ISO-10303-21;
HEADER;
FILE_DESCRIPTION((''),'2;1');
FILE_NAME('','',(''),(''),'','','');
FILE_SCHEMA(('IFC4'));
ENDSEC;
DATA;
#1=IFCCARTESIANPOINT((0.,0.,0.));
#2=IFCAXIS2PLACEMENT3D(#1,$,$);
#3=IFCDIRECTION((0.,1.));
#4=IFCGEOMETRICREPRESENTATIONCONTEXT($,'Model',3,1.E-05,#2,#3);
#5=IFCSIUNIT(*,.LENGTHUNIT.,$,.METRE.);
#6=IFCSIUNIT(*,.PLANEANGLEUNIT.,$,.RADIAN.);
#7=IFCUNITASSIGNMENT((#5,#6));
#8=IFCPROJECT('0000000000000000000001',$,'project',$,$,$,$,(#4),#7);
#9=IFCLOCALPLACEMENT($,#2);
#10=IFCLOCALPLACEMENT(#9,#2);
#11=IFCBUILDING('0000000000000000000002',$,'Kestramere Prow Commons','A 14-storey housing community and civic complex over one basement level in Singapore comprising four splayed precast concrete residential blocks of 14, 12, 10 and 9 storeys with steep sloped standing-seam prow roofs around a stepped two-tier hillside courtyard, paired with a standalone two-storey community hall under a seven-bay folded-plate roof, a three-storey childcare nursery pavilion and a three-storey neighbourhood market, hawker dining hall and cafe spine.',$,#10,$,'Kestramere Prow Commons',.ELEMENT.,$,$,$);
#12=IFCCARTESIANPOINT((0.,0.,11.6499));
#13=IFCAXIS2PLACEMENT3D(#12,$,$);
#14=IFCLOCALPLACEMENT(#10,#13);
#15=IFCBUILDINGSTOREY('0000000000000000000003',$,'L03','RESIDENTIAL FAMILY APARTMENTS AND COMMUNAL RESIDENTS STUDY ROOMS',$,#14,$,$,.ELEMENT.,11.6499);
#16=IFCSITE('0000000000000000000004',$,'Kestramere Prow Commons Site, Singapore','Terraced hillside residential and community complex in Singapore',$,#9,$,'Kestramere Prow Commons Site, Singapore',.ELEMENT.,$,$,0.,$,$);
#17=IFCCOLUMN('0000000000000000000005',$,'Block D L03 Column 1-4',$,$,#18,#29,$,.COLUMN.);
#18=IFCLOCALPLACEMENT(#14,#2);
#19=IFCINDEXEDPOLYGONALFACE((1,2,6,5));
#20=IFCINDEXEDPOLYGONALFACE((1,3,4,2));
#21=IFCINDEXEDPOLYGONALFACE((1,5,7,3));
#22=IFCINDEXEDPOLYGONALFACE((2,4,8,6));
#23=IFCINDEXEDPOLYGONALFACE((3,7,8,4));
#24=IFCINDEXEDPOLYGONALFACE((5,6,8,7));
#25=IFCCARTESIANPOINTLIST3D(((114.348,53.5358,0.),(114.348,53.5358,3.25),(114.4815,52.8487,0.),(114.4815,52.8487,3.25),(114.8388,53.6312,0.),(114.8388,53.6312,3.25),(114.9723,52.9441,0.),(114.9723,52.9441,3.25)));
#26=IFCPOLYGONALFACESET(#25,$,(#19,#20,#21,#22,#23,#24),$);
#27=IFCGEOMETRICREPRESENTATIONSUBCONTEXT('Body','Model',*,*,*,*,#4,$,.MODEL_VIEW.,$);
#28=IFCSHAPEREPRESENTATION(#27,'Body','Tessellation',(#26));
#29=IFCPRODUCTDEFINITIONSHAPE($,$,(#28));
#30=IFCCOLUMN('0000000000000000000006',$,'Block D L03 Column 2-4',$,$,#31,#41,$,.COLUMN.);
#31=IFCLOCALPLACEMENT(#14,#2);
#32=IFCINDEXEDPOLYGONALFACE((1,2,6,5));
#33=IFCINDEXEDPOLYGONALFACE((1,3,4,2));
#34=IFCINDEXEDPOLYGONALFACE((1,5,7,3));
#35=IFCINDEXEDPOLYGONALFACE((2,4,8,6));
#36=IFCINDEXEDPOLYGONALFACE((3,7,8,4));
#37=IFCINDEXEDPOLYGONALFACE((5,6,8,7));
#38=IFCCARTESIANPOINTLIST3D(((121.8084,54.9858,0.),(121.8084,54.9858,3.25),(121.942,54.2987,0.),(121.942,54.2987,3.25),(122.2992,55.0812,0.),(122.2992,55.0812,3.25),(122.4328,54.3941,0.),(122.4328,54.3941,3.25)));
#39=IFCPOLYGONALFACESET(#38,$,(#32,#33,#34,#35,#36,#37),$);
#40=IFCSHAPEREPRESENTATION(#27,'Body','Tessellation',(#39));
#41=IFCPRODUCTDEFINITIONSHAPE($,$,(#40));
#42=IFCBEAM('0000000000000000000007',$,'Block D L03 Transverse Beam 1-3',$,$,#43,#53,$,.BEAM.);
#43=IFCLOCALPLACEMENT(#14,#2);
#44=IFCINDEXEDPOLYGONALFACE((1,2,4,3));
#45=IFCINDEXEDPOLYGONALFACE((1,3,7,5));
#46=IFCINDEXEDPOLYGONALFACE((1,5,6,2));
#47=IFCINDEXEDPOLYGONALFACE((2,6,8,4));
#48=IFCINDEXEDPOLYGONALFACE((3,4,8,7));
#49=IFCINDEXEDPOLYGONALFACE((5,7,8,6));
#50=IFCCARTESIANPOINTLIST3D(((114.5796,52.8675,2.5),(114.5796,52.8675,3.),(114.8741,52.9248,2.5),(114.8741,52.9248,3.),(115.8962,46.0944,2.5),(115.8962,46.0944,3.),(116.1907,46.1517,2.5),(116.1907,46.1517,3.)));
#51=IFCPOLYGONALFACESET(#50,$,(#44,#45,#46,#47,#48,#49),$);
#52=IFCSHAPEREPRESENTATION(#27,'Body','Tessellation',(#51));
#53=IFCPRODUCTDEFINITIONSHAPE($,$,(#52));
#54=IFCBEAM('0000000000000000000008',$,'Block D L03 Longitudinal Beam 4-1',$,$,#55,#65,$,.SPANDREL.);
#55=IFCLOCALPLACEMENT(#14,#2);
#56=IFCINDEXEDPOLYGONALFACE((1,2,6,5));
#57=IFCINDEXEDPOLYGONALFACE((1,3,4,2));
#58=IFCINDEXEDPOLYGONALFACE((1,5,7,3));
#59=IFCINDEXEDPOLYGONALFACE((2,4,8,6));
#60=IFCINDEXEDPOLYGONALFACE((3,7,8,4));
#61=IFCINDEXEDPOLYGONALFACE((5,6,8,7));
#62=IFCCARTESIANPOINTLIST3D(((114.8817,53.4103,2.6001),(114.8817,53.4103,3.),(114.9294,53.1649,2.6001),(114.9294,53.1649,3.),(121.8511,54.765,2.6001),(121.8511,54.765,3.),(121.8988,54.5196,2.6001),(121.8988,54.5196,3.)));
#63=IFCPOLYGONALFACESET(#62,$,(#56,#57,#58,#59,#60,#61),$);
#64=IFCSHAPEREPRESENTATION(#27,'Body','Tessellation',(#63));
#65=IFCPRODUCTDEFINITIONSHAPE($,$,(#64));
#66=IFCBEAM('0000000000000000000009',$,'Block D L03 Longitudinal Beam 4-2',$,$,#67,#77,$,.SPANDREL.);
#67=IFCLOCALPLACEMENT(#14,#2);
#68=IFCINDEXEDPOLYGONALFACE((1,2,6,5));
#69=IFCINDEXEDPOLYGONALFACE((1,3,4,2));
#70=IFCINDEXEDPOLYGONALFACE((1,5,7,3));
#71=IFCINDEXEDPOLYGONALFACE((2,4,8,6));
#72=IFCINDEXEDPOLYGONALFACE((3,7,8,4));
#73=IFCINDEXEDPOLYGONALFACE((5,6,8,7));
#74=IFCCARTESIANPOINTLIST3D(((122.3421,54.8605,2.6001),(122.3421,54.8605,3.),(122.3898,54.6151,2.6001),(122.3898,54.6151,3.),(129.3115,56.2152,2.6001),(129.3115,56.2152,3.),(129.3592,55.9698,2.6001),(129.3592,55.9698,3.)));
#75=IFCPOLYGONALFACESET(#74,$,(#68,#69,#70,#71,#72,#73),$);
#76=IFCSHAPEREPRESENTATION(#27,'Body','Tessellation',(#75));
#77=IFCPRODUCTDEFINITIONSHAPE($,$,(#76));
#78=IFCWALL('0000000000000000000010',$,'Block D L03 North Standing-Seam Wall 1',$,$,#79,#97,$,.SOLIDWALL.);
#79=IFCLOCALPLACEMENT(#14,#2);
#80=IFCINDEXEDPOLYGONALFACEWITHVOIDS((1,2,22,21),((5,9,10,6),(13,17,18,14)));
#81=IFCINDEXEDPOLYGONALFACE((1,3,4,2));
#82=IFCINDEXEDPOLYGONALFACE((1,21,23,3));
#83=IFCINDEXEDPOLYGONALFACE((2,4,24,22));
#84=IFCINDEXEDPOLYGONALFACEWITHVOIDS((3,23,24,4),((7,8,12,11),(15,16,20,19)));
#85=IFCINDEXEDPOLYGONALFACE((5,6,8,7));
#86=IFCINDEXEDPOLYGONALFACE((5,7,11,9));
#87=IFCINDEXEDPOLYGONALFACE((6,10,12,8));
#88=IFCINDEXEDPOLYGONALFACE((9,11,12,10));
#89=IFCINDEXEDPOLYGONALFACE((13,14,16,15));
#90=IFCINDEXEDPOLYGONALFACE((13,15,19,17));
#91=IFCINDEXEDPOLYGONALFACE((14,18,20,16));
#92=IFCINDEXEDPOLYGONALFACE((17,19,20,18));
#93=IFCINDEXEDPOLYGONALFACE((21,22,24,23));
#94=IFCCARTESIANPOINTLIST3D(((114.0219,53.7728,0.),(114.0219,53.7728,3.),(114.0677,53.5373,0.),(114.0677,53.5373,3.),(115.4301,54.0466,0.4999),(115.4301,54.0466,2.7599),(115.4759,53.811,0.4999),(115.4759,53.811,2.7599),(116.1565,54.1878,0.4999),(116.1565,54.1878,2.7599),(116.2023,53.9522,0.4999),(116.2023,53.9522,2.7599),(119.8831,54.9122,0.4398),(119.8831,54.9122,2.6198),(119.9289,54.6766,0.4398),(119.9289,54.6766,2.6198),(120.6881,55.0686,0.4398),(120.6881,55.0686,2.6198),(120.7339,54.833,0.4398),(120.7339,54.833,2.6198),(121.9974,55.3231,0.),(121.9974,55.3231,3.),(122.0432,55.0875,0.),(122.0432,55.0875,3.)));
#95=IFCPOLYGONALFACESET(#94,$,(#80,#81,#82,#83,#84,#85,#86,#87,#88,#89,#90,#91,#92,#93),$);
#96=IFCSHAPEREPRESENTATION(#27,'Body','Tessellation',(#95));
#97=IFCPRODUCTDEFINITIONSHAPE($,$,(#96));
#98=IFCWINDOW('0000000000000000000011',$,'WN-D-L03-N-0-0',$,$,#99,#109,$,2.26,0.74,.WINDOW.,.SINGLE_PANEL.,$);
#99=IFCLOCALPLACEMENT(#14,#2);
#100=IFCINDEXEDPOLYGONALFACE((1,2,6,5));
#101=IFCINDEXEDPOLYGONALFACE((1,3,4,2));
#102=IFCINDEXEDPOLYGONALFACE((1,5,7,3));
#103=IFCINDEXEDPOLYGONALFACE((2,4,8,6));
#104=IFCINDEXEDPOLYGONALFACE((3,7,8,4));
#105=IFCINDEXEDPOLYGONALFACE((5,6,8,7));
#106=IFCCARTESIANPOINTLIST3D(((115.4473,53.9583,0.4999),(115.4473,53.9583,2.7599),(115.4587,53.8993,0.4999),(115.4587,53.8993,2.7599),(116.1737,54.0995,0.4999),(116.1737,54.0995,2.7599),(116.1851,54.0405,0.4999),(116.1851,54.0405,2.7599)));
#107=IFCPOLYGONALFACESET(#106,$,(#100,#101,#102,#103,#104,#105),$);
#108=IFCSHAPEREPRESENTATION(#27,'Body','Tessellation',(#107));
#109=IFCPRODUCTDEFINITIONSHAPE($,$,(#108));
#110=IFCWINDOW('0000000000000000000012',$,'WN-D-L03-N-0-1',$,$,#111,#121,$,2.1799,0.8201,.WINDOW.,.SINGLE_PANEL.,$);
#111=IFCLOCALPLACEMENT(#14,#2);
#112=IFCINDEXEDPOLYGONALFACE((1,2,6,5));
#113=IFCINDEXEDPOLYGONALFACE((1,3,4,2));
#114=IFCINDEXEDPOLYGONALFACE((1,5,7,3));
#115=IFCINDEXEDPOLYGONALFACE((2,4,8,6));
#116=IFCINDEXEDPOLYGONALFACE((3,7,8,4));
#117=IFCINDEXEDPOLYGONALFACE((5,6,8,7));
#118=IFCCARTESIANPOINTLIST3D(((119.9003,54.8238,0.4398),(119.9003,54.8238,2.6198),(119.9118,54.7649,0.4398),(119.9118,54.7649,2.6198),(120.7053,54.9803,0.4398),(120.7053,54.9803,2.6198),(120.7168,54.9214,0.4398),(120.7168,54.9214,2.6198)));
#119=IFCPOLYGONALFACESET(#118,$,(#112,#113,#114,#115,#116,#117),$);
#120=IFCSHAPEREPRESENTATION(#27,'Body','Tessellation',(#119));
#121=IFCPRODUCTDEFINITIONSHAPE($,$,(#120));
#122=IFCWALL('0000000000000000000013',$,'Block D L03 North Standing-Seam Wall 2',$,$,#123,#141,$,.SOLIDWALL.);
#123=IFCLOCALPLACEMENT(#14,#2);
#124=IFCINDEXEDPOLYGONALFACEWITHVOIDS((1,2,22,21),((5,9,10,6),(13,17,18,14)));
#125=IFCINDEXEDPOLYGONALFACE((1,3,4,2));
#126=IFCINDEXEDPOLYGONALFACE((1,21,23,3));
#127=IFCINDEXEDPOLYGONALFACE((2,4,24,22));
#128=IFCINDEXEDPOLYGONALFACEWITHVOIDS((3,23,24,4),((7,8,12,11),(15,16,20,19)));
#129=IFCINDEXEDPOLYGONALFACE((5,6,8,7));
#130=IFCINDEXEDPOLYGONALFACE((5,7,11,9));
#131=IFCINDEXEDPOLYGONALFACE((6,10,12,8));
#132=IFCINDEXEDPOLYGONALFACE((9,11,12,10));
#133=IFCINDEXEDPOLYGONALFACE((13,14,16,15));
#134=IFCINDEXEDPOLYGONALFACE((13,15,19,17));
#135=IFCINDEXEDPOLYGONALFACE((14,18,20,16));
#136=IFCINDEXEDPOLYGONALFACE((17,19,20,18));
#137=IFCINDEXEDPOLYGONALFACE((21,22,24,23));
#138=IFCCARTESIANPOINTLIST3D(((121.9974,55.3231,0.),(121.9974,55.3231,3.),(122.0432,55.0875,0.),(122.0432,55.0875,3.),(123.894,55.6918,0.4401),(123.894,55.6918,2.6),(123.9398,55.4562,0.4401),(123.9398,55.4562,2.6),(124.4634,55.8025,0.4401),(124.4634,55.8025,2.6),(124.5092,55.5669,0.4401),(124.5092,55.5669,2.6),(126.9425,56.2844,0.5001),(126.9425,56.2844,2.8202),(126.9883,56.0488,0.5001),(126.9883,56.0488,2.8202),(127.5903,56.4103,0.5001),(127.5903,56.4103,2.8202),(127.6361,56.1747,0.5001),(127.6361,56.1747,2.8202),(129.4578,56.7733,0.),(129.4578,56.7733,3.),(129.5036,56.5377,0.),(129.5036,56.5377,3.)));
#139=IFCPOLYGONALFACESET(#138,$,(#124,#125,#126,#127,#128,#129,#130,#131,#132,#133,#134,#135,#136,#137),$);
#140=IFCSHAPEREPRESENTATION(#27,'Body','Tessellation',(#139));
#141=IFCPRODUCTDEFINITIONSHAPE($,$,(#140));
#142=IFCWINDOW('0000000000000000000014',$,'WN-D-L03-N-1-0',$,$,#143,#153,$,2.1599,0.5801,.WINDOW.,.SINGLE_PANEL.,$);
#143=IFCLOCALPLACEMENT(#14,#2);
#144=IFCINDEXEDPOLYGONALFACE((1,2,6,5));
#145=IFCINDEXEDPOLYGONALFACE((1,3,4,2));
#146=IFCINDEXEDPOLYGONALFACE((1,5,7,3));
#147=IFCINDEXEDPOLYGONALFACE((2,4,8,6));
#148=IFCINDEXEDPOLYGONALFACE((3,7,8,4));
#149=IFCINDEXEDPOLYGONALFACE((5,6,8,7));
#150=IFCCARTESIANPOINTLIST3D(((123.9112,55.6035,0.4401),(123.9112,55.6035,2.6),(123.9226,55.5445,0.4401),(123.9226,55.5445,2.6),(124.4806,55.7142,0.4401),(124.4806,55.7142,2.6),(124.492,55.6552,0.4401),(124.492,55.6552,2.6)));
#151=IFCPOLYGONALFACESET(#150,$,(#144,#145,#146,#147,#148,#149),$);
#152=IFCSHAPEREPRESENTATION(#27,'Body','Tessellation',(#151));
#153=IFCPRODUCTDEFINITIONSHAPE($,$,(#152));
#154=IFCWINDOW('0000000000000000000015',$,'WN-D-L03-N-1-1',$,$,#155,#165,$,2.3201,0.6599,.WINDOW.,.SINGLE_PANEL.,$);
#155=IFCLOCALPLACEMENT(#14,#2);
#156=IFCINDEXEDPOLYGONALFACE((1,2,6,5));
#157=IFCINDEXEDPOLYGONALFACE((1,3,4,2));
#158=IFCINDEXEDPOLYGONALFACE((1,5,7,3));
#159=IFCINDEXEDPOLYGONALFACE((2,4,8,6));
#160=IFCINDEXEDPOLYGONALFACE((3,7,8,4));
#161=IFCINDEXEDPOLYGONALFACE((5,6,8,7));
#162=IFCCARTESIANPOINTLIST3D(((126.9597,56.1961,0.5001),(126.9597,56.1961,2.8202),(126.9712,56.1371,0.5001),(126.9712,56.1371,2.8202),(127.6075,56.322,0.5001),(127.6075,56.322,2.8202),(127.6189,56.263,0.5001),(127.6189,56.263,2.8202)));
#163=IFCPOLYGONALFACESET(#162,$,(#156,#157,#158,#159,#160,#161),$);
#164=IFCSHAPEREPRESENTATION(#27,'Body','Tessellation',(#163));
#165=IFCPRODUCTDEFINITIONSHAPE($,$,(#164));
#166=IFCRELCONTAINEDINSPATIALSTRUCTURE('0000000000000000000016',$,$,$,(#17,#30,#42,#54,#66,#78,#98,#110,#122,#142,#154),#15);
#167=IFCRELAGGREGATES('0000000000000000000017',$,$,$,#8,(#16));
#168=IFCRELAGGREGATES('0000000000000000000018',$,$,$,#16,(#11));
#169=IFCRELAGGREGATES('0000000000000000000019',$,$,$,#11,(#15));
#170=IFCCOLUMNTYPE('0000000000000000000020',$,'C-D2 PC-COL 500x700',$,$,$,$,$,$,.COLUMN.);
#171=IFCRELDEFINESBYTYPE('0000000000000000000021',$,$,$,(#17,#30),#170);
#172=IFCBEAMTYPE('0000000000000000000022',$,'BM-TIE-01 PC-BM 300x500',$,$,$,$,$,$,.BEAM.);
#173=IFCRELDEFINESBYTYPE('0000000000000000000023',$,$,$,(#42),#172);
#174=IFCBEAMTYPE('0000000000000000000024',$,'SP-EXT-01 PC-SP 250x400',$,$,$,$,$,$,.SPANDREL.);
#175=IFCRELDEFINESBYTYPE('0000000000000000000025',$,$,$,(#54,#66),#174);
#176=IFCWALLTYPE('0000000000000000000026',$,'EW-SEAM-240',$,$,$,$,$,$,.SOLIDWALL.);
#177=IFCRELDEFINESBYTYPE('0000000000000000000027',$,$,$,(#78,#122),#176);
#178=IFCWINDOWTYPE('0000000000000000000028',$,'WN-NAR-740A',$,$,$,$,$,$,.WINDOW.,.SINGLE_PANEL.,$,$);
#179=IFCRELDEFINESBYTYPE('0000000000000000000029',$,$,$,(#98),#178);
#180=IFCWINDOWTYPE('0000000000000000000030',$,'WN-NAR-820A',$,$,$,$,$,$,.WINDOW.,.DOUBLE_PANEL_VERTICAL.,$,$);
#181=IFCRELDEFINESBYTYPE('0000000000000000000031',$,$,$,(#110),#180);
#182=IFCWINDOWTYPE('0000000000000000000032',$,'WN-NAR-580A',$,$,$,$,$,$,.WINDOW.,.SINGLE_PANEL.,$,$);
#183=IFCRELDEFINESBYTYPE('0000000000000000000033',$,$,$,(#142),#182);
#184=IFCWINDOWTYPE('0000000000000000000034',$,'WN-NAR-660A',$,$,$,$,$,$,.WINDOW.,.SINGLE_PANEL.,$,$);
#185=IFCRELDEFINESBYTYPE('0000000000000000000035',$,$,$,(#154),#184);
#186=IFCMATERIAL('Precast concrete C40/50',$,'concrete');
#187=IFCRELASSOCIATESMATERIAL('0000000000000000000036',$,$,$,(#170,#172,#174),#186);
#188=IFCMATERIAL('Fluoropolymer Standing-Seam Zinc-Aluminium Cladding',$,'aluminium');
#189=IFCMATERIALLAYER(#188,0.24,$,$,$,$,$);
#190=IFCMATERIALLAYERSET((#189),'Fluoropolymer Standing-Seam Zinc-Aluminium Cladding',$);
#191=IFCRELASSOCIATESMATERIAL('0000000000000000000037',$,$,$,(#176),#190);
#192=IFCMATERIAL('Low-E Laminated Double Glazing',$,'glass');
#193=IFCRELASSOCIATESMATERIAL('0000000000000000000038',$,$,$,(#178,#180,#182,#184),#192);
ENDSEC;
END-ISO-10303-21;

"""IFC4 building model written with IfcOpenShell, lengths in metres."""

from ifc_helpers import new_model, si_unit, direction, frame, frame_2d, origin, origin_2d, place, context, subcontext, project, spatial, rectangle, extrude, material, layer, layer_set, material_profile, profile_set, type_object, element, fill, save


model = new_model("IFC4")

# Units and contexts
model_context = context("Model", 3, precision=1e-05, world=origin(), true_north=direction((0.0, 1.0)))
body_context = subcontext(model_context, "Body", "Model", "MODEL_VIEW")
ifc_project = project(units=[si_unit("LENGTHUNIT", "METRE"), si_unit("PLANEANGLEUNIT", "RADIAN")], contexts=[model_context])

# Site, building, storey
site_placement = place(None, origin())
site = spatial("IfcSite", under=ifc_project, at=site_placement, Name="Kestramere Prow Commons Site, Singapore", Description="Terraced hillside residential and community complex in Singapore", LongName="Kestramere Prow Commons Site, Singapore", CompositionType="ELEMENT", RefElevation=0.0)
building_placement = place(site_placement, origin())
building = spatial("IfcBuilding", under=site, at=building_placement, Name="Kestramere Prow Commons", Description="A 14-storey housing community and civic complex over one basement level in Singapore comprising four splayed precast concrete residential blocks of 14, 12, 10 and 9 storeys with steep sloped standing-seam prow roofs around a stepped two-tier hillside courtyard, paired with a standalone two-storey community hall under a seven-bay folded-plate roof, a three-storey childcare nursery pavilion and a three-storey neighbourhood market, hawker dining hall and cafe spine.", LongName="Kestramere Prow Commons", CompositionType="ELEMENT")
storey_placement = place(building_placement, frame((0.0, 0.0, 11.6499)))
storey = spatial("IfcBuildingStorey", under=building, at=storey_placement, Name="L03", Description="RESIDENTIAL FAMILY APARTMENTS AND COMMUNAL RESIDENTS STUDY ROOMS", CompositionType="ELEMENT", Elevation=11.6499)

# Columns
ifc_material_1 = material(Name="Precast concrete C40/50", Category="concrete")
ifc_material_profile_1 = material_profile(ifc_material_1, rectangle(XDim=0.5, YDim=0.7, at=origin_2d()), Name="PC-COL 500x700")
ifc_profile_set_1 = profile_set([ifc_material_profile_1], Name="Precast concrete C40/50")
column_type = type_object("IfcColumnType", Name="C-D2 PC-COL 500x700", PredefinedType="COLUMN", material=ifc_profile_set_1)
for number, where, z_axis, x_axis, name in (
    (1, (114.6602, 53.24, 0.0), (0.0, 0.0, 1.0), (0.981627, 0.190809, 0.0), "Block D L03 Column 1-4"),
    (2, (122.1206, 54.6899, 0.0), (0.0, 0.0, 1.0), (0.981627, 0.190809, 0.0), "Block D L03 Column 2-4"),
):
    element("IfcColumn", number, at=place(storey_placement, frame(where, z_axis=z_axis, x_axis=x_axis)), inside=storey, type_object=column_type, Name=name, PredefinedType="COLUMN", context=body_context, shape_type="SweptSolid", body=[
        extrude(rectangle(XDim=0.5, YDim=0.7, at=origin_2d()), origin(), (0.0, 0.0, 1.0), 3.25),
    ])

# Beams
ifc_material_profile_2 = material_profile(ifc_material_1, rectangle(XDim=0.3, YDim=0.5, at=origin_2d()), Name="PC-BM 300x500")
ifc_profile_set_2 = profile_set([ifc_material_profile_2], Name="Precast concrete C40/50")
beam_type_1 = type_object("IfcBeamType", Name="BM-TIE-01 PC-BM 300x500", PredefinedType="BEAM", material=ifc_profile_set_2)
beam_placement = place(storey_placement, frame((116.0435, 46.123, 2.75), z_axis=(-0.190819, 0.981625, 0.0), x_axis=(-0.981625, -0.190819, 0.0)))
element("IfcBeam", 3, at=beam_placement, inside=storey, type_object=beam_type_1, Name="Block D L03 Transverse Beam 1-3", PredefinedType="BEAM", context=body_context, shape_type="SweptSolid", body=[
    extrude(rectangle(XDim=0.3, YDim=0.5, at=origin_2d()), origin(), (0.0, 0.0, 1.0), 6.8999),
])
ifc_material_profile_3 = material_profile(ifc_material_1, rectangle(XDim=0.25, YDim=0.3999, at=origin_2d()), Name="PC-SP 250x400")
ifc_profile_set_3 = profile_set([ifc_material_profile_3], Name="Precast concrete C40/50")
beam_type_2 = type_object("IfcBeamType", Name="SP-EXT-01 PC-SP 250x400", PredefinedType="SPANDREL", material=ifc_profile_set_3)
for number, where, z_axis, x_axis, name in (
    (4, (114.9055, 53.2876, 2.8), (0.981627, 0.19081, 0.0), (-0.19081, 0.981627, 0.0), "Block D L03 Longitudinal Beam 4-1"),
    (5, (122.366, 54.7378, 2.8), (0.981627, 0.19081, 0.0), (-0.19081, 0.981627, 0.0), "Block D L03 Longitudinal Beam 4-2"),
):
    element("IfcBeam", number, at=place(storey_placement, frame(where, z_axis=z_axis, x_axis=x_axis)), inside=storey, type_object=beam_type_2, Name=name, PredefinedType="SPANDREL", context=body_context, shape_type="SweptSolid", body=[
        extrude(rectangle(XDim=0.25, YDim=0.3999, at=origin_2d()), origin(), (0.0, 0.0, 1.0), 7.0999),
    ])

# Walls, openings, windows
ifc_material_2 = material(Name="Fluoropolymer Standing-Seam Zinc-Aluminium Cladding", Category="aluminium")
ifc_layer_1 = layer(ifc_material_2, 0.24)
ifc_layer_set_1 = layer_set([ifc_layer_1], Name="Fluoropolymer Standing-Seam Zinc-Aluminium Cladding")
wall_type_1 = type_object("IfcWallType", Name="EW-SEAM-240", PredefinedType="SOLIDWALL", material=ifc_layer_set_1)
wall_1_placement = place(storey_placement, frame((114.0447, 53.655, 0.0), z_axis=(0.0, 0.0, 1.0), x_axis=(0.981627, 0.190809, 0.0)))
wall_1 = element("IfcWall", 6, at=wall_1_placement, inside=storey, type_object=wall_type_1, Name="Block D L03 North Standing-Seam Wall 1", PredefinedType="SOLIDWALL", context=body_context, shape_type="SweptSolid", body=[
    extrude(rectangle(XDim=8.1248, YDim=0.24, at=frame_2d((4.0625, 0.0))), origin(), (0.0, 0.0, 1.0), 3.0),
])
opening_1_placement = place(wall_1_placement, frame((1.4346, 0.0, 0.5)))
opening_1 = element("IfcOpeningElement", 7, at=opening_1_placement, cuts=wall_1, PredefinedType="OPENING", context=body_context, shape_type="SweptSolid", body=[
    extrude(rectangle(XDim=0.74, YDim=2.26, at=frame_2d((0.3701, 1.1299))), frame((0.0, 0.135, 0.0), z_axis=(0.0, -1.0, 0.0), x_axis=(1.0, 0.0, 0.0)), (0.0, 0.0, 1.0), 0.27),
])
opening_2_placement = place(wall_1_placement, frame((5.9709, 0.0, 0.4399)))
opening_2 = element("IfcOpeningElement", 8, at=opening_2_placement, cuts=wall_1, PredefinedType="OPENING", context=body_context, shape_type="SweptSolid", body=[
    extrude(rectangle(XDim=0.8201, YDim=2.1799, at=frame_2d((0.4102, 1.0898))), frame((0.0, 0.135, 0.0), z_axis=(0.0, -1.0, 0.0), x_axis=(1.0, 0.0, 0.0)), (0.0, 0.0, 1.0), 0.27),
])
ifc_material_3 = material(Name="Low-E Laminated Double Glazing", Category="glass")
window_type_1 = type_object("IfcWindowType", Name="WN-NAR-740A", PartitioningType="SINGLE_PANEL", PredefinedType="WINDOW", material=ifc_material_3)
window_1_placement = place(opening_1_placement, origin())
window_1 = element("IfcWindow", 9, at=window_1_placement, inside=storey, type_object=window_type_1, Name="WN-D-L03-N-0-0", OverallHeight=2.26, OverallWidth=0.74, PartitioningType="SINGLE_PANEL", PredefinedType="WINDOW", context=body_context, shape_type="SweptSolid", body=[
    extrude(rectangle(XDim=0.74, YDim=2.26, at=frame_2d((0.3701, 1.1299))), frame((0.0, 0.03, 0.0), z_axis=(0.0, -1.0, 0.0), x_axis=(1.0, 0.0, 0.0)), (0.0, 0.0, 1.0), 0.0601),
])
fill(opening_1, window_1)
window_type_2 = type_object("IfcWindowType", Name="WN-NAR-820A", PartitioningType="DOUBLE_PANEL_VERTICAL", PredefinedType="WINDOW", material=ifc_material_3)
window_2_placement = place(opening_2_placement, origin())
window_2 = element("IfcWindow", 10, at=window_2_placement, inside=storey, type_object=window_type_2, Name="WN-D-L03-N-0-1", OverallHeight=2.1799, OverallWidth=0.8201, PartitioningType="SINGLE_PANEL", PredefinedType="WINDOW", context=body_context, shape_type="SweptSolid", body=[
    extrude(rectangle(XDim=0.8201, YDim=2.1799, at=frame_2d((0.4102, 1.0898))), frame((0.0, 0.03, 0.0), z_axis=(0.0, -1.0, 0.0), x_axis=(1.0, 0.0, 0.0)), (0.0, 0.0, 1.0), 0.0601),
])
fill(opening_2, window_2)
wall_2_placement = place(storey_placement, frame((122.0203, 55.2053, 0.0), z_axis=(0.0, 0.0, 1.0), x_axis=(0.981626, 0.190813, 0.0)))
wall_2 = element("IfcWall", 11, at=wall_2_placement, inside=storey, type_object=wall_type_1, Name="Block D L03 North Standing-Seam Wall 2", PredefinedType="SOLIDWALL", context=body_context, shape_type="SweptSolid", body=[
    extrude(rectangle(XDim=7.6001, YDim=0.24, at=frame_2d((3.8, 0.0))), origin(), (0.0, 0.0, 1.0), 3.0),
])
opening_3_placement = place(wall_2_placement, frame((1.9321, 0.0, 0.4399)))
opening_3 = element("IfcOpeningElement", 12, at=opening_3_placement, cuts=wall_2, PredefinedType="OPENING", context=body_context, shape_type="SweptSolid", body=[
    extrude(rectangle(XDim=0.5801, YDim=2.1599, at=frame_2d((0.29, 1.0801))), frame((0.0, 0.135, 0.0), z_axis=(0.0, -1.0, 0.0), x_axis=(1.0, 0.0, 0.0)), (0.0, 0.0, 1.0), 0.27),
])
opening_4_placement = place(wall_2_placement, frame((5.0376, 0.0, 0.5)))
opening_4 = element("IfcOpeningElement", 13, at=opening_4_placement, cuts=wall_2, PredefinedType="OPENING", context=body_context, shape_type="SweptSolid", body=[
    extrude(rectangle(XDim=0.6599, YDim=2.3201, at=frame_2d((0.3301, 1.1602))), frame((0.0, 0.135, 0.0), z_axis=(0.0, -1.0, 0.0), x_axis=(1.0, 0.0, 0.0)), (0.0, 0.0, 1.0), 0.27),
])
window_type_3 = type_object("IfcWindowType", Name="WN-NAR-580A", PartitioningType="SINGLE_PANEL", PredefinedType="WINDOW", material=ifc_material_3)
window_3_placement = place(opening_3_placement, origin())
window_3 = element("IfcWindow", 14, at=window_3_placement, inside=storey, type_object=window_type_3, Name="WN-D-L03-N-1-0", OverallHeight=2.1599, OverallWidth=0.5801, PartitioningType="SINGLE_PANEL", PredefinedType="WINDOW", context=body_context, shape_type="SweptSolid", body=[
    extrude(rectangle(XDim=0.5801, YDim=2.1599, at=frame_2d((0.29, 1.0801))), frame((0.0, 0.03, 0.0), z_axis=(0.0, -1.0, 0.0), x_axis=(1.0, 0.0, 0.0)), (0.0, 0.0, 1.0), 0.0601),
])
fill(opening_3, window_3)
window_type_4 = type_object("IfcWindowType", Name="WN-NAR-660A", PartitioningType="SINGLE_PANEL", PredefinedType="WINDOW", material=ifc_material_3)
window_4_placement = place(opening_4_placement, origin())
window_4 = element("IfcWindow", 15, at=window_4_placement, inside=storey, type_object=window_type_4, Name="WN-D-L03-N-1-1", OverallHeight=2.3201, OverallWidth=0.6599, PartitioningType="SINGLE_PANEL", PredefinedType="WINDOW", context=body_context, shape_type="SweptSolid", body=[
    extrude(rectangle(XDim=0.6599, YDim=2.3201, at=frame_2d((0.3301, 1.1602))), frame((0.0, 0.03, 0.0), z_axis=(0.0, -1.0, 0.0), x_axis=(1.0, 0.0, 0.0)), (0.0, 0.0, 1.0), 0.0601),
])
fill(opening_4, window_4)

save(model, "model.ifc")
